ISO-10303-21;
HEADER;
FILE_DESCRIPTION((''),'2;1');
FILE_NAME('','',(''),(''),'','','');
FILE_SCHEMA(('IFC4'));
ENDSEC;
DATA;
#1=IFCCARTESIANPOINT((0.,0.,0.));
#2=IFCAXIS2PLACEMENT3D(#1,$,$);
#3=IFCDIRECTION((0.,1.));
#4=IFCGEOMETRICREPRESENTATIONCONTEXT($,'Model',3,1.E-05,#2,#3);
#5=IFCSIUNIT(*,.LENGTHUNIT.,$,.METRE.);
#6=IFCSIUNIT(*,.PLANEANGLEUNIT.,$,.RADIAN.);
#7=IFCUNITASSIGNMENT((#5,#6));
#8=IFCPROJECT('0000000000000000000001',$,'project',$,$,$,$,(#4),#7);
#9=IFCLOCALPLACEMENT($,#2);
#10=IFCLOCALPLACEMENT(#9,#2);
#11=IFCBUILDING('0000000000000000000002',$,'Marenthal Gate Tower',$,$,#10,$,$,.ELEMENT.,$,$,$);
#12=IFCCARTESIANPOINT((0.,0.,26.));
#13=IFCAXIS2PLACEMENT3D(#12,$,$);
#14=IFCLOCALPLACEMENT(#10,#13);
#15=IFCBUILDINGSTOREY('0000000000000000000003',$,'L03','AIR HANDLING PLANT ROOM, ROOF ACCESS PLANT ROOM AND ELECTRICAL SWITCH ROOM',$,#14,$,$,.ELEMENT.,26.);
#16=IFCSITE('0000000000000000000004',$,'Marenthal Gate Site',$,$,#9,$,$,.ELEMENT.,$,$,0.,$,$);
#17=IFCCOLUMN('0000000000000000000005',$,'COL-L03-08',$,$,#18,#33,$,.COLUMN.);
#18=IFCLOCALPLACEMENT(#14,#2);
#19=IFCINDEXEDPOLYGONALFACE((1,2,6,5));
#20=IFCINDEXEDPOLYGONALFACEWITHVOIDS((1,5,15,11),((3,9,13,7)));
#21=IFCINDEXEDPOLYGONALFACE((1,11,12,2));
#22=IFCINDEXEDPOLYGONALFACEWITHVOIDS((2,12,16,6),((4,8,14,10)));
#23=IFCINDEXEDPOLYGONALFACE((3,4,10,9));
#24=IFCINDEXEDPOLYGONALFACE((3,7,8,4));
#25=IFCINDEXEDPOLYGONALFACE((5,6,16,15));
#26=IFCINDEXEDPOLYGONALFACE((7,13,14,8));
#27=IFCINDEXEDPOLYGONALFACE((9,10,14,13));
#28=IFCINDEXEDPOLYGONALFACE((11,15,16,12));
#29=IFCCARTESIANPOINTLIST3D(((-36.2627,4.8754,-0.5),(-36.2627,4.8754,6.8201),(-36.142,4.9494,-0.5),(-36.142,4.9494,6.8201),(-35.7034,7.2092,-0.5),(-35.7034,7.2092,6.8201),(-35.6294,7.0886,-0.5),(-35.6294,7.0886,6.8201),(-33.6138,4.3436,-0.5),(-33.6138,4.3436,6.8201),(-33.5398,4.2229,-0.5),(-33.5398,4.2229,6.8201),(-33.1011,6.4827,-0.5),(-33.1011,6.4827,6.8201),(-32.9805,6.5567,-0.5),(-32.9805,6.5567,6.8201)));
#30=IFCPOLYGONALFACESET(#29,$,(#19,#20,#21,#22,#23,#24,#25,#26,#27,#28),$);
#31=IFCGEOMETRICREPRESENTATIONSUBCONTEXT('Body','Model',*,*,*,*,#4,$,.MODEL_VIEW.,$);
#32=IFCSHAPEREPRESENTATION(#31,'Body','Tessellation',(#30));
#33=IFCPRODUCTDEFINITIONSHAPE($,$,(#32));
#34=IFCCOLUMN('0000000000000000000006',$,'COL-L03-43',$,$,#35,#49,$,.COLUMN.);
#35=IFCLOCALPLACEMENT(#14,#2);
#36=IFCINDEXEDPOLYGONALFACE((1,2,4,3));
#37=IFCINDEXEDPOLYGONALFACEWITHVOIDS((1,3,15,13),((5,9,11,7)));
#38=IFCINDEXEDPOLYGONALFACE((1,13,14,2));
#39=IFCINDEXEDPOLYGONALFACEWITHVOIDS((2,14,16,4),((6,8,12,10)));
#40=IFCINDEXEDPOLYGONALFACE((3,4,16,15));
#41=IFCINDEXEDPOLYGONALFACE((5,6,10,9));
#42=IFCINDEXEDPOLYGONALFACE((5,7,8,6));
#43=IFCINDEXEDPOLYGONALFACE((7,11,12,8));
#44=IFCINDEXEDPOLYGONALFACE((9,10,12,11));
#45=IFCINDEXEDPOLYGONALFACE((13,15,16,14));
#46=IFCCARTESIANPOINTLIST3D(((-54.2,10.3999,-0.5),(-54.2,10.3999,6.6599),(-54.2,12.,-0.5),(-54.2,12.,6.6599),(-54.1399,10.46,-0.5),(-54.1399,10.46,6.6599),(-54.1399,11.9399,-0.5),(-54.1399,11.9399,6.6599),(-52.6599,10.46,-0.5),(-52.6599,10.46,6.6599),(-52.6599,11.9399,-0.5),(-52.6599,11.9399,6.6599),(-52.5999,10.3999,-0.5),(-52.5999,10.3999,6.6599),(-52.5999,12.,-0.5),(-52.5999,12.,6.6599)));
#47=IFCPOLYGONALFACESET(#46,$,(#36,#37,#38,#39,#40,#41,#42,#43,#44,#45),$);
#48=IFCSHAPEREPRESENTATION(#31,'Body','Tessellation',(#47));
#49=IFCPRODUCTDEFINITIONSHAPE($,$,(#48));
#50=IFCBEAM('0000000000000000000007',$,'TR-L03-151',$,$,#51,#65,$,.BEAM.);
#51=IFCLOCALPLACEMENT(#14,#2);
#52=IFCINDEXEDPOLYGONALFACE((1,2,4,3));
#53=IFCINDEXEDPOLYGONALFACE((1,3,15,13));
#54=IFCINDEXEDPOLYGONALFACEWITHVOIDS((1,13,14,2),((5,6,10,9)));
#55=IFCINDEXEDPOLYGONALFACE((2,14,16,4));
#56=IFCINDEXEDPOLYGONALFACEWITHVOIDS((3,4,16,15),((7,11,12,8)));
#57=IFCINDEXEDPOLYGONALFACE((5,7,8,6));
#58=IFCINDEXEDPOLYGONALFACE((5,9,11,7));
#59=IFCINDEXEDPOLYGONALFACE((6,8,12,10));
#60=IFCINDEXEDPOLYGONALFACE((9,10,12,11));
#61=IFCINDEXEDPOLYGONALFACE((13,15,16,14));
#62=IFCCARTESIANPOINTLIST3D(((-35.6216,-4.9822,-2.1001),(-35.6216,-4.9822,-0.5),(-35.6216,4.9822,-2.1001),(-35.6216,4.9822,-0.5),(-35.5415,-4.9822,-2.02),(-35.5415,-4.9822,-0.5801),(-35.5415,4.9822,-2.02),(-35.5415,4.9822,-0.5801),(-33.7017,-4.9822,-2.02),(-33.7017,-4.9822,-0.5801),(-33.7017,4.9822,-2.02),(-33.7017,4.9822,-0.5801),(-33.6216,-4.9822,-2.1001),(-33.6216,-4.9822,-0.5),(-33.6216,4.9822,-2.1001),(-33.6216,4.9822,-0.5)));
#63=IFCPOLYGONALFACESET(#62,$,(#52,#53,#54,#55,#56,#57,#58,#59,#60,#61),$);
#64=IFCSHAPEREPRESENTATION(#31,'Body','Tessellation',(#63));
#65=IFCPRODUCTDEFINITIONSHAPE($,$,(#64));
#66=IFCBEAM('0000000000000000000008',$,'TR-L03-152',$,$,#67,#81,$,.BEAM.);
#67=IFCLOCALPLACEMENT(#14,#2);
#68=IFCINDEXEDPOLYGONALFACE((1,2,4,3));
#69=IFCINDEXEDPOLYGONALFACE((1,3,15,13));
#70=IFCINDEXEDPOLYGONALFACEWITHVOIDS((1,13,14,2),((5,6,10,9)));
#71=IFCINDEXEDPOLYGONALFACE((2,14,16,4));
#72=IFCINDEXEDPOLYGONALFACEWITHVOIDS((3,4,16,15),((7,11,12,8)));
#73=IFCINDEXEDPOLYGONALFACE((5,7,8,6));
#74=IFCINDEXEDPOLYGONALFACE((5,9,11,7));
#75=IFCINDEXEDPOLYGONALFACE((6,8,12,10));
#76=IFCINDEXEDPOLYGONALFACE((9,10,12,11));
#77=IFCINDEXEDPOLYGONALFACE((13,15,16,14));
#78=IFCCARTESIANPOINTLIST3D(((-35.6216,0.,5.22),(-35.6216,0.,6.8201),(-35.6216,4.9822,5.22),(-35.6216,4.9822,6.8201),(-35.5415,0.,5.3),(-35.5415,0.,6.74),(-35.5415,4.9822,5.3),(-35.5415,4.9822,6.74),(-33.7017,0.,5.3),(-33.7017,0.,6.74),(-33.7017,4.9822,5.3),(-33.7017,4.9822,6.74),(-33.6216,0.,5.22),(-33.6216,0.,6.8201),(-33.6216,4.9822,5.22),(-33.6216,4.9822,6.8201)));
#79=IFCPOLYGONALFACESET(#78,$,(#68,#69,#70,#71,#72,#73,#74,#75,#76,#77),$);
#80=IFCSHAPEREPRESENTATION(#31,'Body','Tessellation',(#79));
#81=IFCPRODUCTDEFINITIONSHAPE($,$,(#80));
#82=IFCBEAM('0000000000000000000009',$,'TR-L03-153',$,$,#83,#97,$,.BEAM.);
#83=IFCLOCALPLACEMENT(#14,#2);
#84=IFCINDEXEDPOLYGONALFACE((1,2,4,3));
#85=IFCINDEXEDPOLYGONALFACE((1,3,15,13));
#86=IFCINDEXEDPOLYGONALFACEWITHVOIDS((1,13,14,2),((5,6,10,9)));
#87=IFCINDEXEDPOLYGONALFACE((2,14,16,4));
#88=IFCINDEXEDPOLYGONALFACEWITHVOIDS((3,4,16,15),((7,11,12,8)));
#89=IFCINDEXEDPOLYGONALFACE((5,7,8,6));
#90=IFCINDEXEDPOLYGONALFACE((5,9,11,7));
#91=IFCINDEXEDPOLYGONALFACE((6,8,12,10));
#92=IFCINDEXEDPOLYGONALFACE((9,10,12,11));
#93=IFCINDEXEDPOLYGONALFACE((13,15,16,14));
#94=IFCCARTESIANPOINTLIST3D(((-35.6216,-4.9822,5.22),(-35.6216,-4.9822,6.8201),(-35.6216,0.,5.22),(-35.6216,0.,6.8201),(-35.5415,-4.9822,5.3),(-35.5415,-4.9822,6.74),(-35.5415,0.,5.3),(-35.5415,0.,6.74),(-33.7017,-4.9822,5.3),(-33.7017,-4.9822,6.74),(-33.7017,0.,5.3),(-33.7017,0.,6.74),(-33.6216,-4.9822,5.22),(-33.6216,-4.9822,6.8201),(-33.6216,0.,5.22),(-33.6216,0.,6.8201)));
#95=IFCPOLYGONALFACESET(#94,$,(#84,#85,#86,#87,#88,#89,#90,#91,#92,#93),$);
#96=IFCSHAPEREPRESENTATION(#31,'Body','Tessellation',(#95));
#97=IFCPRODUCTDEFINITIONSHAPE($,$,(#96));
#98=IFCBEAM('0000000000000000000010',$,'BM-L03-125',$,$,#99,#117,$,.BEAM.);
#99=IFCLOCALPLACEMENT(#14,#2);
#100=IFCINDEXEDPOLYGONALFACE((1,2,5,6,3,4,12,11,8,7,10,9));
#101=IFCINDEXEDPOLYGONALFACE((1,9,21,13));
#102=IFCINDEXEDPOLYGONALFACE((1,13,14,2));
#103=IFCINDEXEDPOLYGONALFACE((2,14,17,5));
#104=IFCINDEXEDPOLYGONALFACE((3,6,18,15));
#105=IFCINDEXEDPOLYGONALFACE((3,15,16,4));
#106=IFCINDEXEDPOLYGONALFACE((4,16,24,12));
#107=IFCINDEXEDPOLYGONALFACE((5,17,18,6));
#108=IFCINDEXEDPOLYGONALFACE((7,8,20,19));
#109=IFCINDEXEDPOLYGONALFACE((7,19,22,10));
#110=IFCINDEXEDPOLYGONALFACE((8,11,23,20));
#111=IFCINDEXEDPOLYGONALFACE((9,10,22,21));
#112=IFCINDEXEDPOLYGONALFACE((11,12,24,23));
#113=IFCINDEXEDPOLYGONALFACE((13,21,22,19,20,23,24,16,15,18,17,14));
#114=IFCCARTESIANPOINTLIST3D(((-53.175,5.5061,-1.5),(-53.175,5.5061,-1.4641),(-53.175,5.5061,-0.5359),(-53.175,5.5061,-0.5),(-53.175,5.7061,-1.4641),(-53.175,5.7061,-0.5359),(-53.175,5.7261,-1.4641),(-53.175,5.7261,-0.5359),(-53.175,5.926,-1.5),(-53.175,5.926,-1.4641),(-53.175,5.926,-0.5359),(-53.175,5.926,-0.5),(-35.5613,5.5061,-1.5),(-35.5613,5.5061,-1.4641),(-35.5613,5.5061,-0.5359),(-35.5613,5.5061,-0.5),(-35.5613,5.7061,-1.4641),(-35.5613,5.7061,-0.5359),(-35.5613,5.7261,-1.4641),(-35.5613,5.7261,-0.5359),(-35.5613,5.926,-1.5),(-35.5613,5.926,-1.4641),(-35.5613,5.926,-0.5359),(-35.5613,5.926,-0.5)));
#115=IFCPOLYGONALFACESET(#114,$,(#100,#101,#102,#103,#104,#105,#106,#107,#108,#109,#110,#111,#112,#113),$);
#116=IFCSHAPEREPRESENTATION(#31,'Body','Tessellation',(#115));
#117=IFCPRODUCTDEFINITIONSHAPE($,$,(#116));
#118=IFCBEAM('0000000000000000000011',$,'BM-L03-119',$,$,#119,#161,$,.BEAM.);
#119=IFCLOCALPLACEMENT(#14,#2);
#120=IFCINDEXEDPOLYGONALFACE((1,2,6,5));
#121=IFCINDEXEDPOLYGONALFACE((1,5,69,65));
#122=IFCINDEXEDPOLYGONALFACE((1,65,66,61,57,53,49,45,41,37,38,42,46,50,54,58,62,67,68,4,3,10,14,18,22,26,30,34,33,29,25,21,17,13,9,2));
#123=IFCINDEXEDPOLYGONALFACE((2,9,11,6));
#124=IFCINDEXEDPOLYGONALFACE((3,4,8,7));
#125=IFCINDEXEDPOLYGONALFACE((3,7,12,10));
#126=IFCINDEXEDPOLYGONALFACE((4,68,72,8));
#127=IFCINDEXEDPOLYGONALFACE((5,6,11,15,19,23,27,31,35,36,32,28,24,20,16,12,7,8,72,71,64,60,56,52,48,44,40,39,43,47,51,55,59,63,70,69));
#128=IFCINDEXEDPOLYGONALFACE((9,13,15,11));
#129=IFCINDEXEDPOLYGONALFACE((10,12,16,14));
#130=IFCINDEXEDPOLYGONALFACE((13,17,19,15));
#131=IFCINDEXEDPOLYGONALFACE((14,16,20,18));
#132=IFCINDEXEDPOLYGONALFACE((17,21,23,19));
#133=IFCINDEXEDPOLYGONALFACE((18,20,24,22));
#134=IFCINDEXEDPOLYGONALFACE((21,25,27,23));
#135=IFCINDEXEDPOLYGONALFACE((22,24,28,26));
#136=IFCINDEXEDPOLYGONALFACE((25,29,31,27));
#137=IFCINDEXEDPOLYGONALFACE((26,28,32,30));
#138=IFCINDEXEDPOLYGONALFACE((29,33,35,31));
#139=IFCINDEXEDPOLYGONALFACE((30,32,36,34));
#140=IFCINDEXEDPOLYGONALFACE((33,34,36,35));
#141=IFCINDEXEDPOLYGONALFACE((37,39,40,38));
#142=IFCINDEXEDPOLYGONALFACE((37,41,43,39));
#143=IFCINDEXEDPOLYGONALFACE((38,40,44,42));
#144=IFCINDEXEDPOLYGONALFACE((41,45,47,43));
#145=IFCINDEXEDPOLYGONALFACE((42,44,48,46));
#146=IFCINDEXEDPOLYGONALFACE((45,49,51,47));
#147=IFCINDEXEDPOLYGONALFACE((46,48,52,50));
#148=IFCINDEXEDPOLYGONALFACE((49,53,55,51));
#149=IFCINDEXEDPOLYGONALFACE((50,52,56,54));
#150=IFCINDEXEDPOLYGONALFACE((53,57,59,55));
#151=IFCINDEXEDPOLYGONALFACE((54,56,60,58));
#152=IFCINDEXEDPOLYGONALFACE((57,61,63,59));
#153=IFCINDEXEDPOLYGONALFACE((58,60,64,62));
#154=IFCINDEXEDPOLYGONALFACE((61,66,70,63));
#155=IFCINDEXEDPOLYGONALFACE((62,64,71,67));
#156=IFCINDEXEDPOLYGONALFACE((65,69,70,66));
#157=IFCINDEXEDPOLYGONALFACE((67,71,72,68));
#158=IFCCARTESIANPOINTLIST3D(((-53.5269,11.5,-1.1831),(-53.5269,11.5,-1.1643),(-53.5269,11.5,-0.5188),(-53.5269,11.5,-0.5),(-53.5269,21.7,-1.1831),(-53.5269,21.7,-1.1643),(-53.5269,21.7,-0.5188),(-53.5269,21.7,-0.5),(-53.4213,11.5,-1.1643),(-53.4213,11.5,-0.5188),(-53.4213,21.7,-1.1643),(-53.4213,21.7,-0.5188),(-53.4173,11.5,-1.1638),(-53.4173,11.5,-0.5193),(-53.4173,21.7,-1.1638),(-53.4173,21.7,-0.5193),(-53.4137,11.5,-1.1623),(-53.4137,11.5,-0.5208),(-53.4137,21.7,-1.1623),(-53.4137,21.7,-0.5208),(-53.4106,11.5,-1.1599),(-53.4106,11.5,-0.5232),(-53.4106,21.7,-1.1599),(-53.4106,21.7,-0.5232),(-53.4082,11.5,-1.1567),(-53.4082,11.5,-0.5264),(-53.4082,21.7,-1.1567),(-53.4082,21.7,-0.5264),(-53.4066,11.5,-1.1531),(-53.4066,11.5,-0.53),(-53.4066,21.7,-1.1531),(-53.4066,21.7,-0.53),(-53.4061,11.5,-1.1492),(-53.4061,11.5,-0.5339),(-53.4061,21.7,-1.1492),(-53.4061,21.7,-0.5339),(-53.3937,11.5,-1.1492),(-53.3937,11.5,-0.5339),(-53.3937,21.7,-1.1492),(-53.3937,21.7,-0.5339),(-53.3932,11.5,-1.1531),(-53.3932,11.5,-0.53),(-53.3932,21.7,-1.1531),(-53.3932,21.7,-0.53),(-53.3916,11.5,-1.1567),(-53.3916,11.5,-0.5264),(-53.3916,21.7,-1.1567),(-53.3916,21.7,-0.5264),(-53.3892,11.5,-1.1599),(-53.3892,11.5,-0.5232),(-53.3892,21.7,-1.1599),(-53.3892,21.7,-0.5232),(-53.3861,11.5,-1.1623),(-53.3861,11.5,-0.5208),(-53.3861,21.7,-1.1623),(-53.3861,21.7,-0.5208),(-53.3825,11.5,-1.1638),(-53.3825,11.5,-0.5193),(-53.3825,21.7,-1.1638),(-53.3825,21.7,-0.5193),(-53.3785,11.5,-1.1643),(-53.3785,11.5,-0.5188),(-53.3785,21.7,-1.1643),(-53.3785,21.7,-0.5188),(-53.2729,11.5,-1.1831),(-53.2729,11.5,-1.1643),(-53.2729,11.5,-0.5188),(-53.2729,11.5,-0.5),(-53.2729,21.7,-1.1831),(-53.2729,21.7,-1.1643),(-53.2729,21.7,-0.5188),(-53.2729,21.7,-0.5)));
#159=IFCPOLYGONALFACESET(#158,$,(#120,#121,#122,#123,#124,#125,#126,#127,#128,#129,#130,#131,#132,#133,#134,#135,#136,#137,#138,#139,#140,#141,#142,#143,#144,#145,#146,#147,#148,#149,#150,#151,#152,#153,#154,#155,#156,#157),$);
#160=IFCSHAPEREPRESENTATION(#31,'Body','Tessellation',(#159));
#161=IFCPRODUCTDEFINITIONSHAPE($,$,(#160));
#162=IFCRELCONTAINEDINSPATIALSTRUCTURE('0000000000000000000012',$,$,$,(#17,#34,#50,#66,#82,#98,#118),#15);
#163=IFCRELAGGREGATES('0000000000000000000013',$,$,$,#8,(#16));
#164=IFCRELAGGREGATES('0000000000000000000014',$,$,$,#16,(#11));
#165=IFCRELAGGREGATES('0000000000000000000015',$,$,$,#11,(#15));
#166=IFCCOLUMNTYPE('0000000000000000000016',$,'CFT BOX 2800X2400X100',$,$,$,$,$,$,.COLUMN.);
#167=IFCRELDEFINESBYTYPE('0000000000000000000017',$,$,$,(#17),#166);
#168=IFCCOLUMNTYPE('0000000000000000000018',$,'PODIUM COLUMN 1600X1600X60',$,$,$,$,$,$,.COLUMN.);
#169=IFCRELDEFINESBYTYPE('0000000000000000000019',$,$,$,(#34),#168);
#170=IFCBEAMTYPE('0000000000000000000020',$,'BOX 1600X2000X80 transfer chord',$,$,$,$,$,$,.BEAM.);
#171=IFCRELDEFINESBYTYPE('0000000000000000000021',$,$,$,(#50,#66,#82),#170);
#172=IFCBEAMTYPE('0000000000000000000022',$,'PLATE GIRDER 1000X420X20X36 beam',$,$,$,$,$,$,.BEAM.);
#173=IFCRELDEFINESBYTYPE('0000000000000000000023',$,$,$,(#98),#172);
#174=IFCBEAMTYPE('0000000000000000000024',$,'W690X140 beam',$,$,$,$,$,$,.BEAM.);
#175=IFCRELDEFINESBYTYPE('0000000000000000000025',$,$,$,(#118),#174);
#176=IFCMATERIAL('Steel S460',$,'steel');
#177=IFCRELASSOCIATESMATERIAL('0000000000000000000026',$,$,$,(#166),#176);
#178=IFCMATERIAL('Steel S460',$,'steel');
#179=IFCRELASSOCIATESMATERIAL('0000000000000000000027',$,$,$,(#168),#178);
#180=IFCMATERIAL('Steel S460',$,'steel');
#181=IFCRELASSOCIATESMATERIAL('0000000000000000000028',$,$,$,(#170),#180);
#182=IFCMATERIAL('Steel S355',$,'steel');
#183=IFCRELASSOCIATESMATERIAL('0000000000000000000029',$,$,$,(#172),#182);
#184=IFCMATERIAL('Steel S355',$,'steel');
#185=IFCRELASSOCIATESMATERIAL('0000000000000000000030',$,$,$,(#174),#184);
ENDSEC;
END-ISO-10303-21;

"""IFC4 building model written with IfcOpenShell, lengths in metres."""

from ifc_helpers import new_model, si_unit, direction, frame, origin, origin_2d, place, context, subcontext, project, spatial, rectangle, hollow_rectangle, i_section, extrude, material, material_profile, profile_set, type_object, element, save


model = new_model("IFC4")

# Units and contexts
model_context = context("Model", 3, precision=1e-05, world=origin(), true_north=direction((0.0, 1.0)))
body_context = subcontext(model_context, "Body", "Model", "MODEL_VIEW")
ifc_project = project(units=[si_unit("LENGTHUNIT", "METRE"), si_unit("PLANEANGLEUNIT", "RADIAN")], contexts=[model_context])

# Site, building, storey
site_placement = place(None, origin())
site = spatial("IfcSite", under=ifc_project, at=site_placement, Name="Marenthal Gate Site", CompositionType="ELEMENT", RefElevation=0.0)
building_placement = place(site_placement, origin())
building = spatial("IfcBuilding", under=site, at=building_placement, Name="Marenthal Gate Tower", CompositionType="ELEMENT")
storey_placement = place(building_placement, frame((0.0, 0.0, 26.0)))
storey = spatial("IfcBuildingStorey", under=building, at=storey_placement, Name="L03", Description="AIR HANDLING PLANT ROOM, ROOF ACCESS PLANT ROOM AND ELECTRICAL SWITCH ROOM", CompositionType="ELEMENT", Elevation=26.0)

# Columns
ifc_material_1 = material(Name="Steel S460", Category="steel")
ifc_material_profile_1 = material_profile(ifc_material_1, hollow_rectangle(XDim=2.3999, YDim=2.8, WallThickness=0.1001, at=origin_2d()), Name="CFT BOX 2800X2400X100")
ifc_material_2 = material(Name="Concrete 70 MPa", Category="concrete")
ifc_material_profile_2 = material_profile(ifc_material_2, rectangle(XDim=2.2, YDim=2.6001, at=origin_2d()), Name="CFT BOX 2800X2400X100 INFILL")
ifc_profile_set_1 = profile_set([ifc_material_profile_1, ifc_material_profile_2], Name="Steel S460 shell, Concrete 70 MPa infill")
column_type_1 = type_object("IfcColumnType", Name="CFT BOX 2800X2400X100", PredefinedType="COLUMN", material=ifc_profile_set_1)
column_1_placement = place(storey_placement, frame((-34.6216, 5.7161, -0.5), z_axis=(0.0, 0.0, 1.0), x_axis=(0.233047, 0.972466, 0.0)))
element("IfcColumn", 1, at=column_1_placement, inside=storey, type_object=column_type_1, Name="COL-L03-08", PredefinedType="COLUMN", context=body_context, shape_type="SweptSolid", body=[
    extrude(hollow_rectangle(XDim=2.3999, YDim=2.8, WallThickness=0.1001, at=origin_2d()), origin(), (0.0, 0.0, 1.0), 7.3201),
])
ifc_material_3 = material(Name="Steel S460", Category="steel")
ifc_material_profile_3 = material_profile(ifc_material_3, hollow_rectangle(XDim=1.6001, YDim=1.6001, WallThickness=0.0601, at=origin_2d()), Name="CFT BOX 1600X1600X60")
ifc_material_4 = material(Name="Concrete 70 MPa", Category="concrete")
ifc_material_profile_4 = material_profile(ifc_material_4, rectangle(XDim=1.48, YDim=1.48, at=origin_2d()), Name="CFT BOX 1600X1600X60 INFILL")
ifc_profile_set_2 = profile_set([ifc_material_profile_3, ifc_material_profile_4], Name="Steel S460 shell, Concrete 70 MPa infill")
column_type_2 = type_object("IfcColumnType", Name="PODIUM COLUMN 1600X1600X60", PredefinedType="COLUMN", material=ifc_profile_set_2)
column_2_placement = place(storey_placement, frame((-53.3999, 11.2, -0.5), z_axis=(0.0, 0.0, 1.0), x_axis=(1.0, 0.0, 0.0)))
element("IfcColumn", 2, at=column_2_placement, inside=storey, type_object=column_type_2, Name="COL-L03-43", PredefinedType="COLUMN", context=body_context, shape_type="SweptSolid", body=[
    extrude(hollow_rectangle(XDim=1.6001, YDim=1.6001, WallThickness=0.0601, at=origin_2d()), origin(), (0.0, 0.0, 1.0), 7.1599),
])

# Beams
ifc_material_5 = material(Name="Steel S460", Category="steel")
ifc_material_profile_5 = material_profile(ifc_material_5, hollow_rectangle(XDim=2.0, YDim=1.6001, WallThickness=0.0801, at=origin_2d()), Name="BOX 1600X2000X80")
ifc_profile_set_3 = profile_set([ifc_material_profile_5], Name="Steel S460")
beam_type_1 = type_object("IfcBeamType", Name="BOX 1600X2000X80 transfer chord", PredefinedType="BEAM", material=ifc_profile_set_3)
beam_1_placement = place(storey_placement, frame((-34.6216, 4.9822, -1.3), z_axis=(0.0, -1.0, 0.0), x_axis=(1.0, 0.0, 0.0)))
element("IfcBeam", 3, at=beam_1_placement, inside=storey, type_object=beam_type_1, Name="TR-L03-151", PredefinedType="BEAM", context=body_context, shape_type="SweptSolid", body=[
    extrude(hollow_rectangle(XDim=2.0, YDim=1.6001, WallThickness=0.0801, at=origin_2d()), origin(), (0.0, 0.0, 1.0), 9.9644),
])
for number, where, z_axis, x_axis, name in (
    (4, (-34.6216, 4.9822, 6.02), (0.0, -1.0, 0.0), (1.0, 0.0, 0.0), "TR-L03-152"),
    (5, (-34.6216, 0.0, 6.02), (0.0, -1.0, 0.0), (1.0, 0.0, 0.0), "TR-L03-153"),
):
    element("IfcBeam", number, at=place(storey_placement, frame(where, z_axis=z_axis, x_axis=x_axis)), inside=storey, type_object=beam_type_1, Name=name, PredefinedType="BEAM", context=body_context, shape_type="SweptSolid", body=[
        extrude(hollow_rectangle(XDim=2.0, YDim=1.6001, WallThickness=0.0801, at=origin_2d()), origin(), (0.0, 0.0, 1.0), 4.9822),
    ])
ifc_material_6 = material(Name="Steel S355", Category="steel")
ifc_material_profile_6 = material_profile(ifc_material_6, i_section(OverallWidth=0.4199, OverallDepth=1.0, WebThickness=0.02, FlangeThickness=0.0359, at=origin_2d()), Name="PLATE GIRDER 1000X420X20X36")
ifc_profile_set_4 = profile_set([ifc_material_profile_6], Name="Steel S355")
beam_type_2 = type_object("IfcBeamType", Name="PLATE GIRDER 1000X420X20X36 beam", PredefinedType="BEAM", material=ifc_profile_set_4)
beam_2_placement = place(storey_placement, frame((-35.5613, 5.7161, -1.0), z_axis=(-1.0, 0.0, 0.0), x_axis=(0.0, -1.0, 0.0)))
element("IfcBeam", 6, at=beam_2_placement, inside=storey, type_object=beam_type_2, Name="BM-L03-125", PredefinedType="BEAM", context=body_context, shape_type="SweptSolid", body=[
    extrude(i_section(OverallWidth=0.4199, OverallDepth=1.0, WebThickness=0.02, FlangeThickness=0.0359, at=origin_2d()), origin(), (0.0, 0.0, 1.0), 17.6138),
])
ifc_material_7 = material(Name="Steel S355", Category="steel")
ifc_material_profile_7 = material_profile(ifc_material_7, i_section(OverallWidth=0.2539, OverallDepth=0.6831, WebThickness=0.0125, FlangeThickness=0.0188, FilletRadius=0.0151, at=origin_2d()), Name="W690X140")
ifc_profile_set_5 = profile_set([ifc_material_profile_7], Name="Steel S355")
beam_type_3 = type_object("IfcBeamType", Name="W690X140 beam", PredefinedType="BEAM", material=ifc_profile_set_5)
beam_3_placement = place(storey_placement, frame((-53.3999, 11.5, -0.8416), z_axis=(0.0, 1.0, 0.0), x_axis=(-1.0, 0.0, 0.0)))
element("IfcBeam", 7, at=beam_3_placement, inside=storey, type_object=beam_type_3, Name="BM-L03-119", PredefinedType="BEAM", context=body_context, shape_type="SweptSolid", body=[
    extrude(i_section(OverallWidth=0.2539, OverallDepth=0.6831, WebThickness=0.0125, FlangeThickness=0.0188, FilletRadius=0.0151, at=origin_2d()), origin(), (0.0, 0.0, 1.0), 10.2),
])

save(model, "model.ifc")
